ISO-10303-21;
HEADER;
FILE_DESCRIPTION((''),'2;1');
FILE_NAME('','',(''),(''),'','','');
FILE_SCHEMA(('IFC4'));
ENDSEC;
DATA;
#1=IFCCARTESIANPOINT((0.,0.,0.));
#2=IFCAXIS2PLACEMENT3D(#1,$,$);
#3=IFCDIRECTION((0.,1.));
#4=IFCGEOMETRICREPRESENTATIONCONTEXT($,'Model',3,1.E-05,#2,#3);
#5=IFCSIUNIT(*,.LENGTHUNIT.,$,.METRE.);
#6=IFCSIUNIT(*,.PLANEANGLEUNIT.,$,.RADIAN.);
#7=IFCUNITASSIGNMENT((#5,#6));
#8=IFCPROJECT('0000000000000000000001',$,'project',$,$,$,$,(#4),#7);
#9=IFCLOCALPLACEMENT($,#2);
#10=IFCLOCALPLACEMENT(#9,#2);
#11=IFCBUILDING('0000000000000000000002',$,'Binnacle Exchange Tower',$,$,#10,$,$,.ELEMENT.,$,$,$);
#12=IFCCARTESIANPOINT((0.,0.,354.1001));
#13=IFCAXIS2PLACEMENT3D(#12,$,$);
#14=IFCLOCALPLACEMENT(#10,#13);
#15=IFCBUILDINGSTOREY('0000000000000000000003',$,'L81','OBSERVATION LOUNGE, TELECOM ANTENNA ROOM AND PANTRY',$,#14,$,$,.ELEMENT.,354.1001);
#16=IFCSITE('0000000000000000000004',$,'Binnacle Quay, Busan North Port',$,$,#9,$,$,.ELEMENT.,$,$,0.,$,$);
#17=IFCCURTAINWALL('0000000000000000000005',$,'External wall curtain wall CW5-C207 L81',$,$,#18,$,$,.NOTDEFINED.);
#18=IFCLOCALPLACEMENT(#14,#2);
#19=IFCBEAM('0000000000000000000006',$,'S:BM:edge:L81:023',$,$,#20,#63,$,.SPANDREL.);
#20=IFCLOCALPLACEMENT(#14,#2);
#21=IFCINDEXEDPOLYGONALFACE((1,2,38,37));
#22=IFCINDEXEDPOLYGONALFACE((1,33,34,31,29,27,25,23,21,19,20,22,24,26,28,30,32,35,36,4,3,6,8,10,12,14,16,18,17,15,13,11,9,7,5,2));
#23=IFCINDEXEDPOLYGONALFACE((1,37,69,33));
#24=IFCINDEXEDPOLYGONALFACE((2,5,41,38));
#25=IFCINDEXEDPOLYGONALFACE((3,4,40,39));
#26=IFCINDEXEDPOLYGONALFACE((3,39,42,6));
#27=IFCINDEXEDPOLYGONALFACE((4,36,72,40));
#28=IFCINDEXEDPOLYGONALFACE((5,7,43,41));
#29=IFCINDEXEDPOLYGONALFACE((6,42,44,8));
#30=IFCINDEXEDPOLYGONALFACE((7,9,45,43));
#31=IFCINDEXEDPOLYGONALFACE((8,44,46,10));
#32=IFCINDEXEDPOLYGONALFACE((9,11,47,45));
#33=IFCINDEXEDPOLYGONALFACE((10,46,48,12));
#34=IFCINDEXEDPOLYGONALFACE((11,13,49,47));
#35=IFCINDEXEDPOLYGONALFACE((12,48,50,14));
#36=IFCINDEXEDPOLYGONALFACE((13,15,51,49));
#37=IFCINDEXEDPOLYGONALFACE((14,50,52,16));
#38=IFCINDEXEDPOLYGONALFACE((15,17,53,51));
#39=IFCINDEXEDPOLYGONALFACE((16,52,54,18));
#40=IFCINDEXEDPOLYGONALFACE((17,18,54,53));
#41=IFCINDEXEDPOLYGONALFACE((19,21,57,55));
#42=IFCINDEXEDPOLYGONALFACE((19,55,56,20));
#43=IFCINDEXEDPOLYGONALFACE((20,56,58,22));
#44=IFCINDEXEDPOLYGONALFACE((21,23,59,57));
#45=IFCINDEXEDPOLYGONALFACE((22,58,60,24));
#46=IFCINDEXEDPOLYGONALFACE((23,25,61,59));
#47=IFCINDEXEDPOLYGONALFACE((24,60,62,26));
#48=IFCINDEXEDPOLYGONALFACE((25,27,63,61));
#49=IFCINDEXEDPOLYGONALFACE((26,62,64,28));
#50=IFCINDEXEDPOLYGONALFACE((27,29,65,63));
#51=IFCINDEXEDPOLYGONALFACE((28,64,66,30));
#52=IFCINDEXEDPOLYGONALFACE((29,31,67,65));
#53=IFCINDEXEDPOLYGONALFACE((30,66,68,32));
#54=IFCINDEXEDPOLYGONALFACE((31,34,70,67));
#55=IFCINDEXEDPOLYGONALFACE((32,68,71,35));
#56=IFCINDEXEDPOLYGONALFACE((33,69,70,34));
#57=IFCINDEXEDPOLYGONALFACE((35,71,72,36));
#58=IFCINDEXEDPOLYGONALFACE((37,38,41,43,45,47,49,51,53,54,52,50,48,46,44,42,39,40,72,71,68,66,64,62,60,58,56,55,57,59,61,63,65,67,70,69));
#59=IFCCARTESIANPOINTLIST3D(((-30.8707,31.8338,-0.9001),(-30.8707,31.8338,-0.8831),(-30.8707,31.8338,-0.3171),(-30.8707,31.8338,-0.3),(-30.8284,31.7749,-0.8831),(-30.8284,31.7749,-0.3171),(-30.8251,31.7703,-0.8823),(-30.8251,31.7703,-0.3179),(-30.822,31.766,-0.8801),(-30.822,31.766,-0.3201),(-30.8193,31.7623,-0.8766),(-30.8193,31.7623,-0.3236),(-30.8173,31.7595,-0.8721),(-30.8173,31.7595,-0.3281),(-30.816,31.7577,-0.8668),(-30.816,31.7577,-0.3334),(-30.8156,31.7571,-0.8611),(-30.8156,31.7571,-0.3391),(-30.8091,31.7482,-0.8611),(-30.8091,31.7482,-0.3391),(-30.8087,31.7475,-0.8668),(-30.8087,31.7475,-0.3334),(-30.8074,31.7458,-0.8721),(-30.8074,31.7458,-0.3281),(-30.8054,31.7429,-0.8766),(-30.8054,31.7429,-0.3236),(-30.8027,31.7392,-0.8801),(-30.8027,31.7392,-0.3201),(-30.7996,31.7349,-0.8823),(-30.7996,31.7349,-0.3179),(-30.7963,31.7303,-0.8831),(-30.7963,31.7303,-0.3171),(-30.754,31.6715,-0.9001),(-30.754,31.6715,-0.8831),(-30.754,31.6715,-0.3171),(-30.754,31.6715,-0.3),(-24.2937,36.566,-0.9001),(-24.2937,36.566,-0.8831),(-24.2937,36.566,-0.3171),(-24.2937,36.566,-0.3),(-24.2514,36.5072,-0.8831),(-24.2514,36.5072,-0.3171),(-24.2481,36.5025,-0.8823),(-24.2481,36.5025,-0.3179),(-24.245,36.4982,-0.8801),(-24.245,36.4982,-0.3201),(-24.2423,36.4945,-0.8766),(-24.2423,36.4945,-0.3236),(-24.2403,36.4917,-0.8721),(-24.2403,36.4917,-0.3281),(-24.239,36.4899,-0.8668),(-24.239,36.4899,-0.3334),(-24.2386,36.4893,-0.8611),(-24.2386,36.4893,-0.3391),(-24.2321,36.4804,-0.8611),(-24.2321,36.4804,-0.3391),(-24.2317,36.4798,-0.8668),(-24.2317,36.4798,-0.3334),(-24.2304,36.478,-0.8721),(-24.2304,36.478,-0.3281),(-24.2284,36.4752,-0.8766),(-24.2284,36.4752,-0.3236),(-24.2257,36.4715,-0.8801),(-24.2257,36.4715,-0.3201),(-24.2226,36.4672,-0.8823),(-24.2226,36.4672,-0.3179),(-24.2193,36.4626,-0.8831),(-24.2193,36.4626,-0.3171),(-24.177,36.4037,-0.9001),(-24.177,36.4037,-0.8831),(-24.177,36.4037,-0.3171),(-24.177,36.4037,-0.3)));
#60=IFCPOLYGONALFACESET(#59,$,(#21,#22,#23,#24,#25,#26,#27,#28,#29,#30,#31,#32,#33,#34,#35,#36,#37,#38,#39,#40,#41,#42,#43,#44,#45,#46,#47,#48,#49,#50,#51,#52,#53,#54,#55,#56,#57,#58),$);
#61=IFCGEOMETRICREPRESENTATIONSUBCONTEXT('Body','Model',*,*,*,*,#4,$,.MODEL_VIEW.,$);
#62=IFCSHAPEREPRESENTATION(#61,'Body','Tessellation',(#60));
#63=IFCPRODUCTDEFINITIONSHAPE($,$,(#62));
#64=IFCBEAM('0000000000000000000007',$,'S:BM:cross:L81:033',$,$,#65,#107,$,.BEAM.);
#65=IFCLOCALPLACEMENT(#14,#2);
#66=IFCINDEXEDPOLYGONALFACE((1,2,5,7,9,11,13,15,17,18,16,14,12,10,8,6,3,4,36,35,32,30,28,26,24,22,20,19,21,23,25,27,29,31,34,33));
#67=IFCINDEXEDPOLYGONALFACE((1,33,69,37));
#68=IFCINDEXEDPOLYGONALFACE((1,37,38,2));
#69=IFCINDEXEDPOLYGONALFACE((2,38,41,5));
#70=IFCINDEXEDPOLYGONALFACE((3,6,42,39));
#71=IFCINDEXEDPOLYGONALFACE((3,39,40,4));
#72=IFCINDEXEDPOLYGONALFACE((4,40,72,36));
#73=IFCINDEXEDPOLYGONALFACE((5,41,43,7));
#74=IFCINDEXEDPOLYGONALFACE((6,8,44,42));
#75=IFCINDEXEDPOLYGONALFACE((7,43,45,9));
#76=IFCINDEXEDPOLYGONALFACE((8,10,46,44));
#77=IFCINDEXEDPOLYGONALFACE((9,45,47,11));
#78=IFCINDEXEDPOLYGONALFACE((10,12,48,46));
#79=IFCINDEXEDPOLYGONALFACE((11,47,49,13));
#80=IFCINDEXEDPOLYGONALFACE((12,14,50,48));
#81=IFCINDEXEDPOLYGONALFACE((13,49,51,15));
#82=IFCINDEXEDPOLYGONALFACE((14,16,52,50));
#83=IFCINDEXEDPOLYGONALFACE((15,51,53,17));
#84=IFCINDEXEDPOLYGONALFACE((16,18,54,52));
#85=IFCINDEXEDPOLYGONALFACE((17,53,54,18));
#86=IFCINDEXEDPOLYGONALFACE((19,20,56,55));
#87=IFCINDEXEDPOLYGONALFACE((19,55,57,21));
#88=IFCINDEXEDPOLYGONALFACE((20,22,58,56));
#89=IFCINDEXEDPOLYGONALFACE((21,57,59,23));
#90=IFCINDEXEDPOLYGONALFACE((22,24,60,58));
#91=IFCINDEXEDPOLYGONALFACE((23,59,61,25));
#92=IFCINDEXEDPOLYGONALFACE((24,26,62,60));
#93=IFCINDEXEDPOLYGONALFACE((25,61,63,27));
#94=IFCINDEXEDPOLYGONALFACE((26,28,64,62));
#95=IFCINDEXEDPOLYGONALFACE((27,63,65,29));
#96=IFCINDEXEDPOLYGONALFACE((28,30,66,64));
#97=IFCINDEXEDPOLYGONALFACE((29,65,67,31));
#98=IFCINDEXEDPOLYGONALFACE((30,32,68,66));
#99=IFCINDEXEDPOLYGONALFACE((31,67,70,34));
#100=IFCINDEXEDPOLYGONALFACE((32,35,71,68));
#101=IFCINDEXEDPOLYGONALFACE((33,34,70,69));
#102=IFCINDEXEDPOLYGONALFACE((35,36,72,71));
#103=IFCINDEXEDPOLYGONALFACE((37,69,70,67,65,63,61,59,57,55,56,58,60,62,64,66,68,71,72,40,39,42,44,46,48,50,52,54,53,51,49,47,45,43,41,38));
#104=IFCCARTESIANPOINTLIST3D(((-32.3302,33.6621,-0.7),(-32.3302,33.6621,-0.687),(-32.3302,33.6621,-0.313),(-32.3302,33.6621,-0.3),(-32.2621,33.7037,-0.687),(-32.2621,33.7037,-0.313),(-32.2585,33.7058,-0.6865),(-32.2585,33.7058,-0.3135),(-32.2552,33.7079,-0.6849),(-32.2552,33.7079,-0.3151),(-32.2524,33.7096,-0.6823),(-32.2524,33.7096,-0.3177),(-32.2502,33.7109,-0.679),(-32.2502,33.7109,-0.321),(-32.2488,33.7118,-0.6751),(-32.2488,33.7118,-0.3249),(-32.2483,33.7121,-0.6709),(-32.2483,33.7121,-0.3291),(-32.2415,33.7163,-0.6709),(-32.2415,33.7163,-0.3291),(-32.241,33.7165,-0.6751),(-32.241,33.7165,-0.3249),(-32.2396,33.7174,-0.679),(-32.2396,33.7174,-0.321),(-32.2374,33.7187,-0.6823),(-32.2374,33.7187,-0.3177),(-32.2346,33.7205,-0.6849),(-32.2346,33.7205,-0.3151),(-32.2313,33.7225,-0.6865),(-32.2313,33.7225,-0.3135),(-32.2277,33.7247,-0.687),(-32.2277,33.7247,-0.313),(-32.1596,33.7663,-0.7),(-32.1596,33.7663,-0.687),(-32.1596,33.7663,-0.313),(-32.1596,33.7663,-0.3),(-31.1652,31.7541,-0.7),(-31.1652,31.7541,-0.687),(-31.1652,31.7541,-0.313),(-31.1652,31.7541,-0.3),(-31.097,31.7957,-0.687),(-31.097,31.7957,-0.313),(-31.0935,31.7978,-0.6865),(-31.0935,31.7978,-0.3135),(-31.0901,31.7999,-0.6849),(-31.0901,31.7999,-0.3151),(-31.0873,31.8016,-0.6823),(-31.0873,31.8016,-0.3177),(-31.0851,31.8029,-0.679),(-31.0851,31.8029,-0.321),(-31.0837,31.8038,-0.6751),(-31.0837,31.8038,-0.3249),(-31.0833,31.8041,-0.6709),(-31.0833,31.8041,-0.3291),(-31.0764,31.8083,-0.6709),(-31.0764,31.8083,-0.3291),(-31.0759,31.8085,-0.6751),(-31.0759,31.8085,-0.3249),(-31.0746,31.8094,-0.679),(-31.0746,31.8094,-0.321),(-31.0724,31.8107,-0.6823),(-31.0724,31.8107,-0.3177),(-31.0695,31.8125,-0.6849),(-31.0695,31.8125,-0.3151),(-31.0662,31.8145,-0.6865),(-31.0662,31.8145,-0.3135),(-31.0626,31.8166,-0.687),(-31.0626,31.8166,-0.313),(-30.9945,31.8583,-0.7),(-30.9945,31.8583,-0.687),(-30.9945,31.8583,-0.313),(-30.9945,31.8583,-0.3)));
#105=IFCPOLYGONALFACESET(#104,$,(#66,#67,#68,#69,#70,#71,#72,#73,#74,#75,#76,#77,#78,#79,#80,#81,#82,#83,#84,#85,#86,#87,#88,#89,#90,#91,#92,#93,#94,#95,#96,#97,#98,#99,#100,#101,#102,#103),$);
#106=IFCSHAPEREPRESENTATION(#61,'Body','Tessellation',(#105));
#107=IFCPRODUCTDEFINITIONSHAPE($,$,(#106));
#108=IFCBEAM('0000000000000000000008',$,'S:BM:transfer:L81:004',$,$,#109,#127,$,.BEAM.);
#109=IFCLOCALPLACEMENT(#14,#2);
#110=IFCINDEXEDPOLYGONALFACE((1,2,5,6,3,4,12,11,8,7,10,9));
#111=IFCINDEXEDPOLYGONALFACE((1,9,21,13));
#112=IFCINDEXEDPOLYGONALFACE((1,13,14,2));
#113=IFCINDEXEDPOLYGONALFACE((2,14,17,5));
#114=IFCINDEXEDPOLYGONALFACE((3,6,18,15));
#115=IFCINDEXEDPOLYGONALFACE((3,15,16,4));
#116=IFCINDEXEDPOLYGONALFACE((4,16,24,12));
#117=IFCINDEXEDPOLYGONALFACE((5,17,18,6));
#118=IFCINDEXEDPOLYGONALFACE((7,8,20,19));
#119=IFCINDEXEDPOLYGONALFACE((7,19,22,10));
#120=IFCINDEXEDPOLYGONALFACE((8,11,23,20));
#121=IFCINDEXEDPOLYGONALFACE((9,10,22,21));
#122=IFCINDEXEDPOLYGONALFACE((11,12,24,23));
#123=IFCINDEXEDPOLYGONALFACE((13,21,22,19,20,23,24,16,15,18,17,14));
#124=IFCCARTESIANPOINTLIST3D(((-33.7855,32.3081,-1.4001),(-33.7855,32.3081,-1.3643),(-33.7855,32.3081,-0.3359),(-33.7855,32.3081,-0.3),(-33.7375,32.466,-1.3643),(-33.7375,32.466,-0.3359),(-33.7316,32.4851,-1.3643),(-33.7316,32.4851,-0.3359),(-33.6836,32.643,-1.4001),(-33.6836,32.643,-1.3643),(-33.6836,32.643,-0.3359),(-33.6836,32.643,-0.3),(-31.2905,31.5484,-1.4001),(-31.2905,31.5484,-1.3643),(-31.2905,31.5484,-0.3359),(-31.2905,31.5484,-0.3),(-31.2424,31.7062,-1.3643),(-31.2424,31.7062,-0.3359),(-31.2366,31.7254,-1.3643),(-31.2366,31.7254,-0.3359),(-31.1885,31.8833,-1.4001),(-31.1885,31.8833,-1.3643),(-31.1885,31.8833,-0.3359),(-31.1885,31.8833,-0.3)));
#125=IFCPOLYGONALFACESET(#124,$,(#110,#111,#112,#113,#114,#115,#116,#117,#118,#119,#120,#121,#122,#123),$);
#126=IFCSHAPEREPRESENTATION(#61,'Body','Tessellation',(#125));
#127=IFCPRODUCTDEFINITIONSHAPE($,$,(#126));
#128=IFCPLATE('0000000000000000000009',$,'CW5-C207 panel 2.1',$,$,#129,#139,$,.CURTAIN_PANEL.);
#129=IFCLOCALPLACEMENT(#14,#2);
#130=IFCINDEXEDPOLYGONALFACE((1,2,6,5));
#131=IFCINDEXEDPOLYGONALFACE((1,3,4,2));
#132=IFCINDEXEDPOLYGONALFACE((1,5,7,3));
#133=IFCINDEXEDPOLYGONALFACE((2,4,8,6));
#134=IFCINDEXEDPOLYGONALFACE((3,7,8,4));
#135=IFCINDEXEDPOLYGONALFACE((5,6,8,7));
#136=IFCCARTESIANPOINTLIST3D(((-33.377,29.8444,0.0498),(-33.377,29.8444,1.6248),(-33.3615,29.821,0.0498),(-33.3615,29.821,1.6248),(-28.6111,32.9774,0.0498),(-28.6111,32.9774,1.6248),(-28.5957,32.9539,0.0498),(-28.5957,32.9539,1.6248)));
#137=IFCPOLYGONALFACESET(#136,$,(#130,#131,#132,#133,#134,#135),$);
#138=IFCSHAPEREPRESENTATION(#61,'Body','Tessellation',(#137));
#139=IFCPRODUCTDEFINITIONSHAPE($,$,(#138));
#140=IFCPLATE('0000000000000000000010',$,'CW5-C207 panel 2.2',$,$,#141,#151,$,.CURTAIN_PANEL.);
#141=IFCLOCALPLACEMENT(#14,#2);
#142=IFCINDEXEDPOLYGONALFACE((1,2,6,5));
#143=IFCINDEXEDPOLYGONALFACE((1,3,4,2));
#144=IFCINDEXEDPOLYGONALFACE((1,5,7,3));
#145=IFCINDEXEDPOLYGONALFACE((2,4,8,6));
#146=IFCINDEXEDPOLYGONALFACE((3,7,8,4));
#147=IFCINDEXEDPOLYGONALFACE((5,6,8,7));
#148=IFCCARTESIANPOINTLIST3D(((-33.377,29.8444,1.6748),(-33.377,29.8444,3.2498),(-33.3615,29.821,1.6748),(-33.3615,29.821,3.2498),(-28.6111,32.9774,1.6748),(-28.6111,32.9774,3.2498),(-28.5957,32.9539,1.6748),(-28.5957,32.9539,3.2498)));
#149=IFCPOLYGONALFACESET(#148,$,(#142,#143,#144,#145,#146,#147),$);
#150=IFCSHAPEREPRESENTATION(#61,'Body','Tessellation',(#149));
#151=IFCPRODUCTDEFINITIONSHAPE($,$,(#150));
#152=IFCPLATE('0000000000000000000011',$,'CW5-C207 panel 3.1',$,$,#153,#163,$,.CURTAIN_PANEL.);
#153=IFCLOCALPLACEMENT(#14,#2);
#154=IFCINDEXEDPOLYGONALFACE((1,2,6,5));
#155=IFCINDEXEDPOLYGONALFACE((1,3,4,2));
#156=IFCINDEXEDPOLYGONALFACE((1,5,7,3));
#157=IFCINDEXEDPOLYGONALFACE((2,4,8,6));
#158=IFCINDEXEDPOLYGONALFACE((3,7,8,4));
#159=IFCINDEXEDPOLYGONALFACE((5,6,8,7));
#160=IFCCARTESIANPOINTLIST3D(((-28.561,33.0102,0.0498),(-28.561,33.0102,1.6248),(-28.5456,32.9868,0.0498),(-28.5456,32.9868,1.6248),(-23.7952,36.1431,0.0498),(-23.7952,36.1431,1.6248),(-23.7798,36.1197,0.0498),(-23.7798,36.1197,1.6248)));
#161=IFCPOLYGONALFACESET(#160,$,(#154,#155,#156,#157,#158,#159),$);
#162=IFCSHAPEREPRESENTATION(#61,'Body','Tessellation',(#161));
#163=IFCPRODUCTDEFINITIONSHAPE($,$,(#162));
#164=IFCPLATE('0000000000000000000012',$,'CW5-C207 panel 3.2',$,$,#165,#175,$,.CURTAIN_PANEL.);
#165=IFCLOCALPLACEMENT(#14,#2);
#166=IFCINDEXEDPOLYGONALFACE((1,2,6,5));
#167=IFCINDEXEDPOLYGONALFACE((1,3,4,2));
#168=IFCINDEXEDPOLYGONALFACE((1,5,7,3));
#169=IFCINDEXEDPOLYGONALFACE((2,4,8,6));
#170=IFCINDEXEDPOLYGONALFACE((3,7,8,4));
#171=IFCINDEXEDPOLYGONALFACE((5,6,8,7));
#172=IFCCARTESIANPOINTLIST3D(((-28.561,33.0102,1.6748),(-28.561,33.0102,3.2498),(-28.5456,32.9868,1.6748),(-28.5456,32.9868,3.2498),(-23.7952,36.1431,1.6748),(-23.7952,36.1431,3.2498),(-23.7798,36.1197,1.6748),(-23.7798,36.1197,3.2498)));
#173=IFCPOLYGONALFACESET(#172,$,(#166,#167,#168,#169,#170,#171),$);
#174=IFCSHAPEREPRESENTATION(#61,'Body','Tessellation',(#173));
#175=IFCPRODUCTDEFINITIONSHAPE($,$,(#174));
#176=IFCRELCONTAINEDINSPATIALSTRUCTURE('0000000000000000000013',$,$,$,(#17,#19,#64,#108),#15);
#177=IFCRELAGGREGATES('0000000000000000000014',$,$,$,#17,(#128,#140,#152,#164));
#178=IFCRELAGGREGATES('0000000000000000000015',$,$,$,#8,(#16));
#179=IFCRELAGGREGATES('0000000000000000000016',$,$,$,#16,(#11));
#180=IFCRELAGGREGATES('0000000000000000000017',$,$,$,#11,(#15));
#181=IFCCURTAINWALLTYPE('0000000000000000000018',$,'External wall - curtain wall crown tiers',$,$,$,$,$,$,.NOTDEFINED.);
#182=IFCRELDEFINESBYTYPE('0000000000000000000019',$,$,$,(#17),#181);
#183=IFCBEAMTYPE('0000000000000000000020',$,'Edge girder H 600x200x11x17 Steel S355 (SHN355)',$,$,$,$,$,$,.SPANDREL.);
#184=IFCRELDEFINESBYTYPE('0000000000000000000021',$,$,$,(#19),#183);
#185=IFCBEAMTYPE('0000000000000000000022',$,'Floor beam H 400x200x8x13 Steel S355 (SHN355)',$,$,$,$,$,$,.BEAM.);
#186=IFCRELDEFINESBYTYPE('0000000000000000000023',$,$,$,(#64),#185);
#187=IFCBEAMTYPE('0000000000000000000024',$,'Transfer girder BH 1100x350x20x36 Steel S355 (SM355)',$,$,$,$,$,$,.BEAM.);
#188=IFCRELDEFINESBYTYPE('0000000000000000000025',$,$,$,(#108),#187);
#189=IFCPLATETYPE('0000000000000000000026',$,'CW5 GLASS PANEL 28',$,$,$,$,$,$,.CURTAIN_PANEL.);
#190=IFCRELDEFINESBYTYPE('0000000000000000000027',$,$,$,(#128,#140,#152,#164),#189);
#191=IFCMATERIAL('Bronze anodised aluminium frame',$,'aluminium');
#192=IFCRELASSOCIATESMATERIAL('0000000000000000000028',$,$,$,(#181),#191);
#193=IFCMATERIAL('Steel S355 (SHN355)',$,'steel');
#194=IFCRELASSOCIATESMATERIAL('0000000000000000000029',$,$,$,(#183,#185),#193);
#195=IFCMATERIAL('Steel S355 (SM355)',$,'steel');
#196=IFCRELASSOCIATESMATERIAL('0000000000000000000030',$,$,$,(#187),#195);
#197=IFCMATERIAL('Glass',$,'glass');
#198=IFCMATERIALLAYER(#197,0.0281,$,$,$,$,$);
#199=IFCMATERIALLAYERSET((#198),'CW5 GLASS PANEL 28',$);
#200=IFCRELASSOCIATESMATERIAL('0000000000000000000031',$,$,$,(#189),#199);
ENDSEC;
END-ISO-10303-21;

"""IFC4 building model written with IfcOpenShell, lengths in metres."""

from ifc_helpers import new_model, si_unit, direction, frame, origin, origin_2d, place, context, subcontext, project, spatial, rectangle, i_section, extrude, material, layer, layer_set, material_profile, profile_set, type_object, element, aggregate, save


model = new_model("IFC4")

# Units and contexts
model_context = context("Model", 3, precision=1e-05, world=origin(), true_north=direction((0.0, 1.0)))
body_context = subcontext(model_context, "Body", "Model", "MODEL_VIEW")
ifc_project = project(units=[si_unit("LENGTHUNIT", "METRE"), si_unit("PLANEANGLEUNIT", "RADIAN")], contexts=[model_context])

# Site, building, storey
site_placement = place(None, origin())
site = spatial("IfcSite", under=ifc_project, at=site_placement, Name="Binnacle Quay, Busan North Port", CompositionType="ELEMENT", RefElevation=0.0)
building_placement = place(site_placement, origin())
building = spatial("IfcBuilding", under=site, at=building_placement, Name="Binnacle Exchange Tower", CompositionType="ELEMENT")
storey_placement = place(building_placement, frame((0.0, 0.0, 354.1001)))
storey = spatial("IfcBuildingStorey", under=building, at=storey_placement, Name="L81", Description="OBSERVATION LOUNGE, TELECOM ANTENNA ROOM AND PANTRY", CompositionType="ELEMENT", Elevation=354.1001)

# Curtain wall
ifc_material_1 = material(Name="Bronze anodised aluminium frame", Category="aluminium")
curtain_wall_type = type_object("IfcCurtainWallType", Name="External wall - curtain wall crown tiers", PredefinedType="NOTDEFINED", material=ifc_material_1)
curtain_wall_placement = place(storey_placement, origin())
curtain_wall = element("IfcCurtainWall", 1, at=curtain_wall_placement, inside=storey, type_object=curtain_wall_type, Name="External wall curtain wall CW5-C207 L81", PredefinedType="NOTDEFINED")

# Beams
ifc_material_2 = material(Name="Steel S355 (SHN355)", Category="steel")
ifc_material_profile_1 = material_profile(ifc_material_2, i_section(OverallWidth=0.2, OverallDepth=0.6001, WebThickness=0.011, FlangeThickness=0.0171, FilletRadius=0.022, at=origin_2d()), Name="H 600x200x11x17")
ifc_profile_set_1 = profile_set([ifc_material_profile_1], Name="Steel S355 (SHN355)")
beam_type_1 = type_object("IfcBeamType", Name="Edge girder H 600x200x11x17 Steel S355 (SHN355)", PredefinedType="SPANDREL", material=ifc_profile_set_1)
beam_1_placement = place(storey_placement, frame((-24.2354, 36.4849, -0.6001), z_axis=(-0.811721, -0.584045, 0.0), x_axis=(0.584045, -0.811721, 0.0)))
element("IfcBeam", 2, at=beam_1_placement, inside=storey, type_object=beam_type_1, Name="S:BM:edge:L81:023", PredefinedType="SPANDREL", context=body_context, shape_type="SweptSolid", body=[
    extrude(i_section(OverallWidth=0.2, OverallDepth=0.6001, WebThickness=0.011, FlangeThickness=0.0171, FilletRadius=0.022, at=origin_2d()), origin(), (0.0, 0.0, 1.0), 8.1025),
])
ifc_material_profile_2 = material_profile(ifc_material_2, i_section(OverallWidth=0.2, OverallDepth=0.3999, WebThickness=0.0081, FlangeThickness=0.0129, FilletRadius=0.0161, at=origin_2d()), Name="H 400x200x8x13")
ifc_profile_set_2 = profile_set([ifc_material_profile_2], Name="Steel S355 (SHN355)")
beam_type_2 = type_object("IfcBeamType", Name="Floor beam H 400x200x8x13 Steel S355 (SHN355)", PredefinedType="BEAM", material=ifc_profile_set_2)
beam_2_placement = place(storey_placement, frame((-31.0798, 31.8062, -0.5), z_axis=(-0.521145, 0.853468, 0.0), x_axis=(-0.853468, -0.521145, 0.0)))
element("IfcBeam", 3, at=beam_2_placement, inside=storey, type_object=beam_type_2, Name="S:BM:cross:L81:033", PredefinedType="BEAM", context=body_context, shape_type="SweptSolid", body=[
    extrude(i_section(OverallWidth=0.2, OverallDepth=0.3999, WebThickness=0.0081, FlangeThickness=0.0129, FilletRadius=0.0161, at=origin_2d()), origin(), (0.0, 0.0, 1.0), 2.2356),
])
ifc_material_3 = material(Name="Steel S355 (SM355)", Category="steel")
ifc_material_profile_3 = material_profile(ifc_material_3, i_section(OverallWidth=0.3501, OverallDepth=1.1001, WebThickness=0.02, FlangeThickness=0.0359, at=origin_2d()), Name="BH 1100x350x20x36")
ifc_profile_set_3 = profile_set([ifc_material_profile_3], Name="Steel S355 (SM355)")
beam_type_3 = type_object("IfcBeamType", Name="Transfer girder BH 1100x350x20x36 Steel S355 (SM355)", PredefinedType="BEAM", material=ifc_profile_set_3)
beam_3_placement = place(storey_placement, frame((-31.2395, 31.7158, -0.8501), z_axis=(-0.956633, 0.291296, 0.0), x_axis=(-0.291296, -0.956633, 0.0)))
element("IfcBeam", 4, at=beam_3_placement, inside=storey, type_object=beam_type_3, Name="S:BM:transfer:L81:004", PredefinedType="BEAM", context=body_context, shape_type="SweptSolid", body=[
    extrude(i_section(OverallWidth=0.3501, OverallDepth=1.1001, WebThickness=0.02, FlangeThickness=0.0359, at=origin_2d()), origin(), (0.0, 0.0, 1.0), 2.6082),
])

# Plates
ifc_material_4 = material(Name="Glass", Category="glass")
ifc_layer_1 = layer(ifc_material_4, 0.0281)
ifc_layer_set_1 = layer_set([ifc_layer_1], Name="CW5 GLASS PANEL 28")
plate_type = type_object("IfcPlateType", Name="CW5 GLASS PANEL 28", PredefinedType="CURTAIN_PANEL", material=ifc_layer_set_1)
plate_1_placement = place(storey_placement, frame((-30.9863, 31.3992, 0.0498), z_axis=(0.0, 0.0, 1.0), x_axis=(0.835618, 0.54931, 0.0)))
plate_1 = element("IfcPlate", 5, at=plate_1_placement, type_object=plate_type, Name="CW5-C207 panel 2.1", PredefinedType="CURTAIN_PANEL", context=body_context, shape_type="SweptSolid", body=[
    extrude(rectangle(XDim=5.7034, YDim=0.0281, at=origin_2d()), origin(), (0.0, 0.0, 1.0), 1.575),
])
plate_2_placement = place(storey_placement, frame((-30.9863, 31.3992, 1.6748), z_axis=(0.0, 0.0, 1.0), x_axis=(0.835618, 0.54931, 0.0)))
plate_2 = element("IfcPlate", 6, at=plate_2_placement, type_object=plate_type, Name="CW5-C207 panel 2.2", PredefinedType="CURTAIN_PANEL", context=body_context, shape_type="SweptSolid", body=[
    extrude(rectangle(XDim=5.7034, YDim=0.0281, at=origin_2d()), origin(), (0.0, 0.0, 1.0), 1.575),
])
plate_3_placement = place(storey_placement, frame((-26.1704, 34.5649, 0.0498), z_axis=(0.0, 0.0, 1.0), x_axis=(0.835618, 0.54931, 0.0)))
plate_3 = element("IfcPlate", 7, at=plate_3_placement, type_object=plate_type, Name="CW5-C207 panel 3.1", PredefinedType="CURTAIN_PANEL", context=body_context, shape_type="SweptSolid", body=[
    extrude(rectangle(XDim=5.7034, YDim=0.0281, at=origin_2d()), origin(), (0.0, 0.0, 1.0), 1.575),
])
plate_4_placement = place(storey_placement, frame((-26.1704, 34.5649, 1.6748), z_axis=(0.0, 0.0, 1.0), x_axis=(0.835618, 0.54931, 0.0)))
plate_4 = element("IfcPlate", 8, at=plate_4_placement, type_object=plate_type, Name="CW5-C207 panel 3.2", PredefinedType="CURTAIN_PANEL", context=body_context, shape_type="SweptSolid", body=[
    extrude(rectangle(XDim=5.7034, YDim=0.0281, at=origin_2d()), origin(), (0.0, 0.0, 1.0), 1.575),
])
aggregate(curtain_wall, [plate_1, plate_2, plate_3, plate_4])

save(model, "model.ifc")
